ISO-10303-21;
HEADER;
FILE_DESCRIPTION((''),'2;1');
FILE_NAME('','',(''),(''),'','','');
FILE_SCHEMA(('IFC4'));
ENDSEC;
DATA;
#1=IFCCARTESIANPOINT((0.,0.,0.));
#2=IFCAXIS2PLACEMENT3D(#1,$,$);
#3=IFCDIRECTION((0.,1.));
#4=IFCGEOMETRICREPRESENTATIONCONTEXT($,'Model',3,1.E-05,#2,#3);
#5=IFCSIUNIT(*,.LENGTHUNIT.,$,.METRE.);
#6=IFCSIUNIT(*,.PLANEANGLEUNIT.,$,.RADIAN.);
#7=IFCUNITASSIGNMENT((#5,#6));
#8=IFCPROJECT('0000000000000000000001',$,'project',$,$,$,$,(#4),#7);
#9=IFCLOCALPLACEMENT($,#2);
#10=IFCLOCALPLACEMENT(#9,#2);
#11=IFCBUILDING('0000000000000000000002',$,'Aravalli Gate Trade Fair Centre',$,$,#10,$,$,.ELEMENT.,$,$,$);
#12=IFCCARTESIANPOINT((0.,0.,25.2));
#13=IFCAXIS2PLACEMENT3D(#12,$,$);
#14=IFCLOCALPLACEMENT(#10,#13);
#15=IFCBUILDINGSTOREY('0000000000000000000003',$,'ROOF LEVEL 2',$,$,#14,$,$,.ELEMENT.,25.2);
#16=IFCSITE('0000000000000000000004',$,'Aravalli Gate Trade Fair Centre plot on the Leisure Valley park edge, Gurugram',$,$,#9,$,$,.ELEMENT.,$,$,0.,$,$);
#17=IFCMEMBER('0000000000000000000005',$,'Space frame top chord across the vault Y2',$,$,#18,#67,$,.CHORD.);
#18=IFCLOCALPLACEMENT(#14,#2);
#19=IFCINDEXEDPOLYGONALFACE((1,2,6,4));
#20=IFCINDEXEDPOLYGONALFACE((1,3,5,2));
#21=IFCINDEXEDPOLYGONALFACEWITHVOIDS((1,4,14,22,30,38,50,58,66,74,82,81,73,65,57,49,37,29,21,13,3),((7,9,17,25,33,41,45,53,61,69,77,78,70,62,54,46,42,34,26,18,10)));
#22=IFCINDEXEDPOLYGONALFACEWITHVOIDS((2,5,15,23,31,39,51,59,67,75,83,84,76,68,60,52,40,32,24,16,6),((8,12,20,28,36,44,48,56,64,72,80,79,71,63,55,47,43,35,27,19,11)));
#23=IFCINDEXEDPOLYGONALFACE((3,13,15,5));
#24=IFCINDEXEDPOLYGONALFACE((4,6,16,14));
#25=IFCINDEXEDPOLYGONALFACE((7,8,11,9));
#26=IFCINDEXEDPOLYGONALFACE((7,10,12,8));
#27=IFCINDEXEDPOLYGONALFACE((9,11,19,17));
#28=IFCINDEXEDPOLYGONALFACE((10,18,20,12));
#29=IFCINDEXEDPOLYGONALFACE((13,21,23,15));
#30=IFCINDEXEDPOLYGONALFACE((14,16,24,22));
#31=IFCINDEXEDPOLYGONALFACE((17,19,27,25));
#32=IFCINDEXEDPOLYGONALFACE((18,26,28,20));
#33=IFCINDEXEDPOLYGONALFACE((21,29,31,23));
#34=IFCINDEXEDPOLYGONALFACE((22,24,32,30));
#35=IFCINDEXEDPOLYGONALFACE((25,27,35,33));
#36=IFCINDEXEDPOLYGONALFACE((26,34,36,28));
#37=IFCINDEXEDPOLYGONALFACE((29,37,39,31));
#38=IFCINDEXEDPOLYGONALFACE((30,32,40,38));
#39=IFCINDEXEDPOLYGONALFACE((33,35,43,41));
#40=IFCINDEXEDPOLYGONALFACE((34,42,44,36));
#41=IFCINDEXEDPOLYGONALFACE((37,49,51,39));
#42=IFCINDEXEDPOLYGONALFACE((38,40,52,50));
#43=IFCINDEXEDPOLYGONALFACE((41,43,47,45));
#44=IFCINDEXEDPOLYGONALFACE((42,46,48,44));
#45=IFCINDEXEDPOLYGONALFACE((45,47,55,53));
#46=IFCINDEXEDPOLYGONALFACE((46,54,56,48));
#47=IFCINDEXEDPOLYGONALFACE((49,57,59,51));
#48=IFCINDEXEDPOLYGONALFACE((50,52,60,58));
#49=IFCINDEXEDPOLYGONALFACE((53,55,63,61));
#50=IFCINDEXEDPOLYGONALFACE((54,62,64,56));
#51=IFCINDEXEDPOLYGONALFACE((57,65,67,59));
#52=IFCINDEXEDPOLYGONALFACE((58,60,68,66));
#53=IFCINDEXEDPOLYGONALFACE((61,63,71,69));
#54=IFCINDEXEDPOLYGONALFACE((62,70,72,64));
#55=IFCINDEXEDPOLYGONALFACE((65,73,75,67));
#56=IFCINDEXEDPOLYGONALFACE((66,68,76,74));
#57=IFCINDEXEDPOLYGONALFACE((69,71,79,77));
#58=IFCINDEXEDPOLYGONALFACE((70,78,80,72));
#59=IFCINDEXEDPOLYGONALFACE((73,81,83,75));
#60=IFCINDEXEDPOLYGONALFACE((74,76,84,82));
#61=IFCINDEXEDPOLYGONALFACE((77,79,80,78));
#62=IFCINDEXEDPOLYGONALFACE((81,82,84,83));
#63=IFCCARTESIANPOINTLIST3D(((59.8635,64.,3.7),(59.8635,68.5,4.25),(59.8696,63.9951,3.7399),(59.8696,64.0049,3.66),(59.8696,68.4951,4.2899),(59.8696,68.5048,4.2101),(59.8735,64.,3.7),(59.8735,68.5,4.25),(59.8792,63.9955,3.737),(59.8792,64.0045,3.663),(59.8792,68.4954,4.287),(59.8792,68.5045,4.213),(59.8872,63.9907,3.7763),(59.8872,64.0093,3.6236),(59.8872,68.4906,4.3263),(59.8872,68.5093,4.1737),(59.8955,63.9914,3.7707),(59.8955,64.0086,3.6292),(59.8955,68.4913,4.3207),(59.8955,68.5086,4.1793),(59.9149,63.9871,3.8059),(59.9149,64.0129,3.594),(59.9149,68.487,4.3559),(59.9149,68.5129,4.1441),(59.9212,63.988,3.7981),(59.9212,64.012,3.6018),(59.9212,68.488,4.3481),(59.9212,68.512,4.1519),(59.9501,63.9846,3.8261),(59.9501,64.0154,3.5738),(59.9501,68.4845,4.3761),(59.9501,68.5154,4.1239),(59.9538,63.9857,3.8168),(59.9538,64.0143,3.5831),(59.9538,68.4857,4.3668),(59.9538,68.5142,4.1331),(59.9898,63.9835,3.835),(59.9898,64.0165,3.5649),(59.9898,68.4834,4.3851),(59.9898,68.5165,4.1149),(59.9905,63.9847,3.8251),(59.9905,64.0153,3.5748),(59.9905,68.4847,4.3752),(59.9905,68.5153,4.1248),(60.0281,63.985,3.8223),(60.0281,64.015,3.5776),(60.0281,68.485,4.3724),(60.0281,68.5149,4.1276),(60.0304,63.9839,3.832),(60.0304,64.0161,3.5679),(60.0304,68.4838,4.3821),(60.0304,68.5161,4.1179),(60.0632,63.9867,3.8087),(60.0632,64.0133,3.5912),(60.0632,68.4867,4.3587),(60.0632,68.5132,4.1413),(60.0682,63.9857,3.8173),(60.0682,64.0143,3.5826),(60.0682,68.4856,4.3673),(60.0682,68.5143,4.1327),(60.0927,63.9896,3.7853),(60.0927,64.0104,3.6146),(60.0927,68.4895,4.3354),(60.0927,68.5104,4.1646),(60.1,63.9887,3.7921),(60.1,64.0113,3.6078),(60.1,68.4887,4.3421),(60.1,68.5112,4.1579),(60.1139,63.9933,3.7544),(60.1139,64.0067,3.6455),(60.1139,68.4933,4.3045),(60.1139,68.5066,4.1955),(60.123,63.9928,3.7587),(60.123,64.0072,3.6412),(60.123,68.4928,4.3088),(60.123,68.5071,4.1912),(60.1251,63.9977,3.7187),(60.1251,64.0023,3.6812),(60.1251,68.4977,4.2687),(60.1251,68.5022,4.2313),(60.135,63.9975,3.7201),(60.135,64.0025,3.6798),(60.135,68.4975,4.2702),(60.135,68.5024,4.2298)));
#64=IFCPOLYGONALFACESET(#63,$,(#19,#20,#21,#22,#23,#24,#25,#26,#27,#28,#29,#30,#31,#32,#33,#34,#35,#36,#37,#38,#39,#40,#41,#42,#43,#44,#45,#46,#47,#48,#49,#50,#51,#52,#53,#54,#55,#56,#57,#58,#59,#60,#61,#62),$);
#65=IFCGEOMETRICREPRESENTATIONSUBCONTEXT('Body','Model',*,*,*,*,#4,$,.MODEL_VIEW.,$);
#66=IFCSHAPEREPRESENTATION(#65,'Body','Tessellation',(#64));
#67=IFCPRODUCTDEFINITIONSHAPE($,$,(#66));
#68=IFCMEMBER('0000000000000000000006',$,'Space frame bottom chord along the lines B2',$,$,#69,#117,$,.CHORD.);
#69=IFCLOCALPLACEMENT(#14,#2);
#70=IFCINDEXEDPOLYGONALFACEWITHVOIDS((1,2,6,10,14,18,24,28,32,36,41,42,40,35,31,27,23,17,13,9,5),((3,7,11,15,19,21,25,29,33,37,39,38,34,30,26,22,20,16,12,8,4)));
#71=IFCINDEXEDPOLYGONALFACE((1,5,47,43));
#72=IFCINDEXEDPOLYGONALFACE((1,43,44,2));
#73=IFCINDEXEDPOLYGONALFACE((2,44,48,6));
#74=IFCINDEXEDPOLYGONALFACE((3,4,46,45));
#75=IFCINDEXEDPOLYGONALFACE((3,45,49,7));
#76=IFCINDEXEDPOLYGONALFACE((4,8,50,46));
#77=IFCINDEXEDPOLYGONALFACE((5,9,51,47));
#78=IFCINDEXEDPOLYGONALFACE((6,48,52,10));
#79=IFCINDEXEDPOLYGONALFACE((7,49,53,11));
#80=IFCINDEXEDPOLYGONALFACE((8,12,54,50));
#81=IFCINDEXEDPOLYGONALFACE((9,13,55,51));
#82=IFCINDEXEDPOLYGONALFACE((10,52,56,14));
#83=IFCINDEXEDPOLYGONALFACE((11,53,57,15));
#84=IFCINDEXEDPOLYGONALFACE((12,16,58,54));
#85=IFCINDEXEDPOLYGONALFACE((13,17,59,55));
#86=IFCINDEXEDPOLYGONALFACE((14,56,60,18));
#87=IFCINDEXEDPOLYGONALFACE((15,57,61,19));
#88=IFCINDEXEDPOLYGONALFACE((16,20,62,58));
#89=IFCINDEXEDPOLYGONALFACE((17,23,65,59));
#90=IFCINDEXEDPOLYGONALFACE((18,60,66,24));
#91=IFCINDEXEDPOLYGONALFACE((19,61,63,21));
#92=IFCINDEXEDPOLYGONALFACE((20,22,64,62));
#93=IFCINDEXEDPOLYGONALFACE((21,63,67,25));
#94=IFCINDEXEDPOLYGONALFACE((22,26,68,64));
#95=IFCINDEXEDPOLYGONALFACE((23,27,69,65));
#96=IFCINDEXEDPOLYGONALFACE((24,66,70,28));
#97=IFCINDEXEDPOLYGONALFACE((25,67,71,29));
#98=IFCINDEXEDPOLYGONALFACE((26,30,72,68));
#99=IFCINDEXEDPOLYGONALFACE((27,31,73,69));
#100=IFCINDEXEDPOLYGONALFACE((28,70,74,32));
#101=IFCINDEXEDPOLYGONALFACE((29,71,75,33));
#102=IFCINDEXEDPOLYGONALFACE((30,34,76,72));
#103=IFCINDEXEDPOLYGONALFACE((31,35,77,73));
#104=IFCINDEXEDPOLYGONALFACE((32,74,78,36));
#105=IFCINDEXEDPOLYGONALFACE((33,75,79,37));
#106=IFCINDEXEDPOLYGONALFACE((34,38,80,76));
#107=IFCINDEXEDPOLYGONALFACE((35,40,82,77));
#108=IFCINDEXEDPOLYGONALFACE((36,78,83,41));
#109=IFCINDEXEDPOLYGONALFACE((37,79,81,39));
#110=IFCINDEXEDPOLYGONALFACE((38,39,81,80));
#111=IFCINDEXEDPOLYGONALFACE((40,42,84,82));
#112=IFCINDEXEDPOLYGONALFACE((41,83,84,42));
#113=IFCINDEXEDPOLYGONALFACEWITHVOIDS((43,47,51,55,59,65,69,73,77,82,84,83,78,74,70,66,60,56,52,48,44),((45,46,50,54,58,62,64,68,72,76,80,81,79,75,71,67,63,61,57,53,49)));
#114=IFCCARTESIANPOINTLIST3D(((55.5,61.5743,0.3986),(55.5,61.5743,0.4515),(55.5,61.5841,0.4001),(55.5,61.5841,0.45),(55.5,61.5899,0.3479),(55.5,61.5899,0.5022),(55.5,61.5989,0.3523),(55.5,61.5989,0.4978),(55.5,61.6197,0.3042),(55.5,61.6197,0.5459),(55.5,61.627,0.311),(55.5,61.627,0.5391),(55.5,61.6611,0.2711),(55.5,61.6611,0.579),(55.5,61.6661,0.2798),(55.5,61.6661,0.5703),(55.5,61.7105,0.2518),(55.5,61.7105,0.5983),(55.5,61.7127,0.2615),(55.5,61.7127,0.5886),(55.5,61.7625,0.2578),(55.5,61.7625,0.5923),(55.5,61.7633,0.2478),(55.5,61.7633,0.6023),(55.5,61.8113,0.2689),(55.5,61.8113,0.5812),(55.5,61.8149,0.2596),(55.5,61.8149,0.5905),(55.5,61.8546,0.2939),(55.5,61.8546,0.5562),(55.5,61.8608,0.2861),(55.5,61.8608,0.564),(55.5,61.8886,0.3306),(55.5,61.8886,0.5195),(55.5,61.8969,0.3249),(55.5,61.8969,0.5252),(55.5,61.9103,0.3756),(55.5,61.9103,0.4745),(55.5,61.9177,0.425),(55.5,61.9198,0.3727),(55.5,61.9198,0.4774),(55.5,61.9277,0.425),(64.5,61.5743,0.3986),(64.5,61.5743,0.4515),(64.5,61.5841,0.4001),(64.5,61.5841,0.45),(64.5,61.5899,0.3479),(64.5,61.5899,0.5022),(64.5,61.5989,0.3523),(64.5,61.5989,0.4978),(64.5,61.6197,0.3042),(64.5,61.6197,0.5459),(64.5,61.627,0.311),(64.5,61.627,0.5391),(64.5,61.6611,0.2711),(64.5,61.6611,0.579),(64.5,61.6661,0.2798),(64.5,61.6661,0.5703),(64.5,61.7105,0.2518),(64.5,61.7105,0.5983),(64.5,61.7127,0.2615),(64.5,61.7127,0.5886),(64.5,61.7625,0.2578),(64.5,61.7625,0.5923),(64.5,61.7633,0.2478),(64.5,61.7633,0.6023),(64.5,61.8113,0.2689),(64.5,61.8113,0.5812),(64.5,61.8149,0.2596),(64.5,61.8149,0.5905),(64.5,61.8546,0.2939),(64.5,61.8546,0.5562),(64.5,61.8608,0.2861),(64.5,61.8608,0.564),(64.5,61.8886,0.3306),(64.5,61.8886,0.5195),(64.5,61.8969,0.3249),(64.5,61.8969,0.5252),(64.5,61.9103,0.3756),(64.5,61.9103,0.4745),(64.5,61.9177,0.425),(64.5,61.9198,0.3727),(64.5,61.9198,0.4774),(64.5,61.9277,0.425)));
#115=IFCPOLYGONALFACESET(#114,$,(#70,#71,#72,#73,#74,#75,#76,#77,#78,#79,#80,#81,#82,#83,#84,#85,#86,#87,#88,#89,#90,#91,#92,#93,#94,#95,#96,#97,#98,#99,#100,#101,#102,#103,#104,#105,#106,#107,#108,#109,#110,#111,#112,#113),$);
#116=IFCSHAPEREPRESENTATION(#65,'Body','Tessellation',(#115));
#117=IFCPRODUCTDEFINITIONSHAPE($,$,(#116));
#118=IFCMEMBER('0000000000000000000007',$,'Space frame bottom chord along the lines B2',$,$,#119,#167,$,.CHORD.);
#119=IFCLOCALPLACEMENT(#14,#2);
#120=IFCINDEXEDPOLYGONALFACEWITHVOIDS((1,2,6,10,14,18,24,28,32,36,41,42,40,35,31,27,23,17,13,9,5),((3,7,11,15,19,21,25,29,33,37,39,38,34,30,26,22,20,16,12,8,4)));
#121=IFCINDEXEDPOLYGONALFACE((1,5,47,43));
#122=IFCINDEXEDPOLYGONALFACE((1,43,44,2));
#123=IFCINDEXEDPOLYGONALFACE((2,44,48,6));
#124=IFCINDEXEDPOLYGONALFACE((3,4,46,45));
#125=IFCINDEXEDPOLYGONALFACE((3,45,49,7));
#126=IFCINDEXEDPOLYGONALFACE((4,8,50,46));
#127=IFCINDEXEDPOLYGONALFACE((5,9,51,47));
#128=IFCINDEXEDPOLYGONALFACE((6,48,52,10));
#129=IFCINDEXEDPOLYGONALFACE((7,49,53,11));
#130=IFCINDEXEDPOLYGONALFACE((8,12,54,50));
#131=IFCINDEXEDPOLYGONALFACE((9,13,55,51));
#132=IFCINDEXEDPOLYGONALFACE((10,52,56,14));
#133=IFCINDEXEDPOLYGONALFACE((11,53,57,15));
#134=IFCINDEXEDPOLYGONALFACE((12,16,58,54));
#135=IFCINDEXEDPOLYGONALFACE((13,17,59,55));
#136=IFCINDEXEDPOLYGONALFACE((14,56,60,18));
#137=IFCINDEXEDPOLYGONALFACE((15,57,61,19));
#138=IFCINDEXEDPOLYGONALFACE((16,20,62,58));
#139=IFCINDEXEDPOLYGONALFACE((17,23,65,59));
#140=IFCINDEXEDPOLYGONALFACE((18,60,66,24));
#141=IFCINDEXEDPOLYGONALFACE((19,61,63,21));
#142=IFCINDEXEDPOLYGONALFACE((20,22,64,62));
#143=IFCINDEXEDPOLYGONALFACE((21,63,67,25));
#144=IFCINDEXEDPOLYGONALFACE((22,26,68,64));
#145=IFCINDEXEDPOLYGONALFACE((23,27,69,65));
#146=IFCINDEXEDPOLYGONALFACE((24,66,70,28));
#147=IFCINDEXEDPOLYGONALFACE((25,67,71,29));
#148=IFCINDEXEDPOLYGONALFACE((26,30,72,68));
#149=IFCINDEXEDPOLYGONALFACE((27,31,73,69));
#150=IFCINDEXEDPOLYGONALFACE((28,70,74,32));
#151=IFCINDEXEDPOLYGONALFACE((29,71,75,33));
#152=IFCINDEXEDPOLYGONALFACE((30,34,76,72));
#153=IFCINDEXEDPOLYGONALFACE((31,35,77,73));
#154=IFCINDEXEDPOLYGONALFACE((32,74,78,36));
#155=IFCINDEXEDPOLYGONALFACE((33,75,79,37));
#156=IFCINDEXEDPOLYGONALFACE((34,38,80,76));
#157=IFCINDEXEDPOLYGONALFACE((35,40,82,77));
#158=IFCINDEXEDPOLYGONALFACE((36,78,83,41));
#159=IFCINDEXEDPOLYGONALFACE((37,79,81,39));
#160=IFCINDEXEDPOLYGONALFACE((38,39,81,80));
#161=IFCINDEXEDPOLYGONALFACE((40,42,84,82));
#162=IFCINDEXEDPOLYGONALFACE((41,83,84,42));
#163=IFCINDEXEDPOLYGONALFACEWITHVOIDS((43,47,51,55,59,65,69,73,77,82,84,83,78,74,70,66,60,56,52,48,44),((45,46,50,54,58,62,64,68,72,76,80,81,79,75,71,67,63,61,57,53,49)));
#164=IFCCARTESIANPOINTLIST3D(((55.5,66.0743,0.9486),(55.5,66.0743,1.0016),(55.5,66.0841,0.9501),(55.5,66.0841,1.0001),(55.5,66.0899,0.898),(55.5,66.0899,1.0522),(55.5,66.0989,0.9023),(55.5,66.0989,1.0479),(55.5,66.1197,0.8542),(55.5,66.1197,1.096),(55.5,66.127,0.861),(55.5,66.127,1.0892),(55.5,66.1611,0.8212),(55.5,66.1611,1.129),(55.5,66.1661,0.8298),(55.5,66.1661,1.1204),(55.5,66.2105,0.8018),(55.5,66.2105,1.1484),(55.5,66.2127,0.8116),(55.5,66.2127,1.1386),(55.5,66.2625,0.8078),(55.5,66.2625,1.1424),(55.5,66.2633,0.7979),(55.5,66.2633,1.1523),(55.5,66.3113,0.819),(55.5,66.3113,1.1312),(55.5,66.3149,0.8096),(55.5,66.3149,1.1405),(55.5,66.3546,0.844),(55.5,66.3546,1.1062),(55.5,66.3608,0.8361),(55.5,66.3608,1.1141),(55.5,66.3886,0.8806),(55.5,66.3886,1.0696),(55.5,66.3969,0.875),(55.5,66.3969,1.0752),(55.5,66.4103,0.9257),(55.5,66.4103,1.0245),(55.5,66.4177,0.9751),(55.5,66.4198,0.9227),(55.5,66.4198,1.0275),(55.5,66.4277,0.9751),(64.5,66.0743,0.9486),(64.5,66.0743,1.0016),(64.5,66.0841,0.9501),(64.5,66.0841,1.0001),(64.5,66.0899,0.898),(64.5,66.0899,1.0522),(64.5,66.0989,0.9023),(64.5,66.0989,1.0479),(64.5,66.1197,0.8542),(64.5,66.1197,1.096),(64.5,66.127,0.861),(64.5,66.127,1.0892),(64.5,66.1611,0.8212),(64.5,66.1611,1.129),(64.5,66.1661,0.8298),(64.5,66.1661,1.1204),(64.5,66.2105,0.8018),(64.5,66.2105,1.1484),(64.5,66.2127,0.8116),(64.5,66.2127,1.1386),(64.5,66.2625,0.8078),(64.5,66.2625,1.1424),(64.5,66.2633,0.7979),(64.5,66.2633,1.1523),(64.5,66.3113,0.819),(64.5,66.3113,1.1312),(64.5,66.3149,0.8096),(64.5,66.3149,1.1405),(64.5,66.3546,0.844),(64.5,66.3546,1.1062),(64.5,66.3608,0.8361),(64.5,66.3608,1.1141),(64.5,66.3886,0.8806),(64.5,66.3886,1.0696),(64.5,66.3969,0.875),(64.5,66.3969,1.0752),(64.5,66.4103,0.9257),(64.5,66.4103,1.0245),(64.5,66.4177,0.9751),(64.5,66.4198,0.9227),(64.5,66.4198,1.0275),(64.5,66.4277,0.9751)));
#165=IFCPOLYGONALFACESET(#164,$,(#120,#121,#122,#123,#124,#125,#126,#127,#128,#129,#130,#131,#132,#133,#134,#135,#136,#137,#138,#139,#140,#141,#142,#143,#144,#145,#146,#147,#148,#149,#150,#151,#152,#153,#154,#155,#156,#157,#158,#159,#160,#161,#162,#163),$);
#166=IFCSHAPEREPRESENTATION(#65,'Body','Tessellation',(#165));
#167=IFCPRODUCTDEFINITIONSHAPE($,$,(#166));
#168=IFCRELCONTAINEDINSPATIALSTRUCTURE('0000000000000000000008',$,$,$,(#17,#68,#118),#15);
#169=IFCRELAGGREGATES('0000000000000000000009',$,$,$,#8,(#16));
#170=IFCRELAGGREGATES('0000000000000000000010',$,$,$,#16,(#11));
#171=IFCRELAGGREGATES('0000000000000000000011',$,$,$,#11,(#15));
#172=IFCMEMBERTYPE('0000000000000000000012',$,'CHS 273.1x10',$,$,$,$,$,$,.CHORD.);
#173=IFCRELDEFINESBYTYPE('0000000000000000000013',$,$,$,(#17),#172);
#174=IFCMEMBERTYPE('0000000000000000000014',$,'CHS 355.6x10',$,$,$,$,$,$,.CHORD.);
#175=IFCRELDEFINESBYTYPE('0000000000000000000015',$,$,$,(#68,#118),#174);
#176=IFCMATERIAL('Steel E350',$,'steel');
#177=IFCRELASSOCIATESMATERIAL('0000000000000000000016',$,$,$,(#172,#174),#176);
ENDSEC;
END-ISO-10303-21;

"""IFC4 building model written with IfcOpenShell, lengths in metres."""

from ifc_helpers import new_model, si_unit, direction, frame, origin, origin_2d, place, context, subcontext, project, spatial, hollow_circle, extrude, material, material_profile, profile_set, type_object, element, save


model = new_model("IFC4")

# Units and contexts
model_context = context("Model", 3, precision=1e-05, world=origin(), true_north=direction((0.0, 1.0)))
body_context = subcontext(model_context, "Body", "Model", "MODEL_VIEW")
ifc_project = project(units=[si_unit("LENGTHUNIT", "METRE"), si_unit("PLANEANGLEUNIT", "RADIAN")], contexts=[model_context])

# Site, building, storey
site_placement = place(None, origin())
site = spatial("IfcSite", under=ifc_project, at=site_placement, Name="Aravalli Gate Trade Fair Centre plot on the Leisure Valley park edge, Gurugram", CompositionType="ELEMENT", RefElevation=0.0)
building_placement = place(site_placement, origin())
building = spatial("IfcBuilding", under=site, at=building_placement, Name="Aravalli Gate Trade Fair Centre", CompositionType="ELEMENT")
storey_placement = place(building_placement, frame((0.0, 0.0, 25.2)))
storey = spatial("IfcBuildingStorey", under=building, at=storey_placement, Name="ROOF LEVEL 2", CompositionType="ELEMENT", Elevation=25.2)

# Members
ifc_material_1 = material(Name="Steel E350", Category="steel")
ifc_material_profile_1 = material_profile(ifc_material_1, hollow_circle(Radius=0.1365, WallThickness=0.01, at=origin_2d()), Name="CHS 273.1x10")
ifc_profile_set_1 = profile_set([ifc_material_profile_1], Name="Steel E350")
member_type_1 = type_object("IfcMemberType", Name="CHS 273.1x10", PredefinedType="CHORD", material=ifc_profile_set_1)
member_1_placement = place(storey_placement, frame((60.0, 64.0, 3.7), z_axis=(0.0, 0.992612, 0.12133), x_axis=(-1.0, 0.0, 0.0)))
element("IfcMember", 1, at=member_1_placement, inside=storey, type_object=member_type_1, Name="Space frame top chord across the vault Y2", PredefinedType="CHORD", context=body_context, shape_type="SweptSolid", body=[
    extrude(hollow_circle(Radius=0.1365, WallThickness=0.01, at=origin_2d()), origin(), (0.0, 0.0, 1.0), 4.5334),
])
ifc_material_profile_2 = material_profile(ifc_material_1, hollow_circle(Radius=0.1777, WallThickness=0.01, at=origin_2d()), Name="CHS 355.6x10")
ifc_profile_set_2 = profile_set([ifc_material_profile_2], Name="Steel E350")
member_type_2 = type_object("IfcMemberType", Name="CHS 355.6x10", PredefinedType="CHORD", material=ifc_profile_set_2)
for number, where, z_axis, x_axis, name in (
    (2, (55.5, 61.75, 0.425), (1.0, 0.0, 0.0), (0.0, 1.0, 0.0), "Space frame bottom chord along the lines B2"),
    (3, (55.5, 66.25, 0.9751), (1.0, 0.0, 0.0), (0.0, 1.0, 0.0), "Space frame bottom chord along the lines B2"),
):
    element("IfcMember", number, at=place(storey_placement, frame(where, z_axis=z_axis, x_axis=x_axis)), inside=storey, type_object=member_type_2, Name=name, PredefinedType="CHORD", context=body_context, shape_type="SweptSolid", body=[
        extrude(hollow_circle(Radius=0.1777, WallThickness=0.01, at=origin_2d()), origin(), (0.0, 0.0, 1.0), 9.0),
    ])

save(model, "model.ifc")
